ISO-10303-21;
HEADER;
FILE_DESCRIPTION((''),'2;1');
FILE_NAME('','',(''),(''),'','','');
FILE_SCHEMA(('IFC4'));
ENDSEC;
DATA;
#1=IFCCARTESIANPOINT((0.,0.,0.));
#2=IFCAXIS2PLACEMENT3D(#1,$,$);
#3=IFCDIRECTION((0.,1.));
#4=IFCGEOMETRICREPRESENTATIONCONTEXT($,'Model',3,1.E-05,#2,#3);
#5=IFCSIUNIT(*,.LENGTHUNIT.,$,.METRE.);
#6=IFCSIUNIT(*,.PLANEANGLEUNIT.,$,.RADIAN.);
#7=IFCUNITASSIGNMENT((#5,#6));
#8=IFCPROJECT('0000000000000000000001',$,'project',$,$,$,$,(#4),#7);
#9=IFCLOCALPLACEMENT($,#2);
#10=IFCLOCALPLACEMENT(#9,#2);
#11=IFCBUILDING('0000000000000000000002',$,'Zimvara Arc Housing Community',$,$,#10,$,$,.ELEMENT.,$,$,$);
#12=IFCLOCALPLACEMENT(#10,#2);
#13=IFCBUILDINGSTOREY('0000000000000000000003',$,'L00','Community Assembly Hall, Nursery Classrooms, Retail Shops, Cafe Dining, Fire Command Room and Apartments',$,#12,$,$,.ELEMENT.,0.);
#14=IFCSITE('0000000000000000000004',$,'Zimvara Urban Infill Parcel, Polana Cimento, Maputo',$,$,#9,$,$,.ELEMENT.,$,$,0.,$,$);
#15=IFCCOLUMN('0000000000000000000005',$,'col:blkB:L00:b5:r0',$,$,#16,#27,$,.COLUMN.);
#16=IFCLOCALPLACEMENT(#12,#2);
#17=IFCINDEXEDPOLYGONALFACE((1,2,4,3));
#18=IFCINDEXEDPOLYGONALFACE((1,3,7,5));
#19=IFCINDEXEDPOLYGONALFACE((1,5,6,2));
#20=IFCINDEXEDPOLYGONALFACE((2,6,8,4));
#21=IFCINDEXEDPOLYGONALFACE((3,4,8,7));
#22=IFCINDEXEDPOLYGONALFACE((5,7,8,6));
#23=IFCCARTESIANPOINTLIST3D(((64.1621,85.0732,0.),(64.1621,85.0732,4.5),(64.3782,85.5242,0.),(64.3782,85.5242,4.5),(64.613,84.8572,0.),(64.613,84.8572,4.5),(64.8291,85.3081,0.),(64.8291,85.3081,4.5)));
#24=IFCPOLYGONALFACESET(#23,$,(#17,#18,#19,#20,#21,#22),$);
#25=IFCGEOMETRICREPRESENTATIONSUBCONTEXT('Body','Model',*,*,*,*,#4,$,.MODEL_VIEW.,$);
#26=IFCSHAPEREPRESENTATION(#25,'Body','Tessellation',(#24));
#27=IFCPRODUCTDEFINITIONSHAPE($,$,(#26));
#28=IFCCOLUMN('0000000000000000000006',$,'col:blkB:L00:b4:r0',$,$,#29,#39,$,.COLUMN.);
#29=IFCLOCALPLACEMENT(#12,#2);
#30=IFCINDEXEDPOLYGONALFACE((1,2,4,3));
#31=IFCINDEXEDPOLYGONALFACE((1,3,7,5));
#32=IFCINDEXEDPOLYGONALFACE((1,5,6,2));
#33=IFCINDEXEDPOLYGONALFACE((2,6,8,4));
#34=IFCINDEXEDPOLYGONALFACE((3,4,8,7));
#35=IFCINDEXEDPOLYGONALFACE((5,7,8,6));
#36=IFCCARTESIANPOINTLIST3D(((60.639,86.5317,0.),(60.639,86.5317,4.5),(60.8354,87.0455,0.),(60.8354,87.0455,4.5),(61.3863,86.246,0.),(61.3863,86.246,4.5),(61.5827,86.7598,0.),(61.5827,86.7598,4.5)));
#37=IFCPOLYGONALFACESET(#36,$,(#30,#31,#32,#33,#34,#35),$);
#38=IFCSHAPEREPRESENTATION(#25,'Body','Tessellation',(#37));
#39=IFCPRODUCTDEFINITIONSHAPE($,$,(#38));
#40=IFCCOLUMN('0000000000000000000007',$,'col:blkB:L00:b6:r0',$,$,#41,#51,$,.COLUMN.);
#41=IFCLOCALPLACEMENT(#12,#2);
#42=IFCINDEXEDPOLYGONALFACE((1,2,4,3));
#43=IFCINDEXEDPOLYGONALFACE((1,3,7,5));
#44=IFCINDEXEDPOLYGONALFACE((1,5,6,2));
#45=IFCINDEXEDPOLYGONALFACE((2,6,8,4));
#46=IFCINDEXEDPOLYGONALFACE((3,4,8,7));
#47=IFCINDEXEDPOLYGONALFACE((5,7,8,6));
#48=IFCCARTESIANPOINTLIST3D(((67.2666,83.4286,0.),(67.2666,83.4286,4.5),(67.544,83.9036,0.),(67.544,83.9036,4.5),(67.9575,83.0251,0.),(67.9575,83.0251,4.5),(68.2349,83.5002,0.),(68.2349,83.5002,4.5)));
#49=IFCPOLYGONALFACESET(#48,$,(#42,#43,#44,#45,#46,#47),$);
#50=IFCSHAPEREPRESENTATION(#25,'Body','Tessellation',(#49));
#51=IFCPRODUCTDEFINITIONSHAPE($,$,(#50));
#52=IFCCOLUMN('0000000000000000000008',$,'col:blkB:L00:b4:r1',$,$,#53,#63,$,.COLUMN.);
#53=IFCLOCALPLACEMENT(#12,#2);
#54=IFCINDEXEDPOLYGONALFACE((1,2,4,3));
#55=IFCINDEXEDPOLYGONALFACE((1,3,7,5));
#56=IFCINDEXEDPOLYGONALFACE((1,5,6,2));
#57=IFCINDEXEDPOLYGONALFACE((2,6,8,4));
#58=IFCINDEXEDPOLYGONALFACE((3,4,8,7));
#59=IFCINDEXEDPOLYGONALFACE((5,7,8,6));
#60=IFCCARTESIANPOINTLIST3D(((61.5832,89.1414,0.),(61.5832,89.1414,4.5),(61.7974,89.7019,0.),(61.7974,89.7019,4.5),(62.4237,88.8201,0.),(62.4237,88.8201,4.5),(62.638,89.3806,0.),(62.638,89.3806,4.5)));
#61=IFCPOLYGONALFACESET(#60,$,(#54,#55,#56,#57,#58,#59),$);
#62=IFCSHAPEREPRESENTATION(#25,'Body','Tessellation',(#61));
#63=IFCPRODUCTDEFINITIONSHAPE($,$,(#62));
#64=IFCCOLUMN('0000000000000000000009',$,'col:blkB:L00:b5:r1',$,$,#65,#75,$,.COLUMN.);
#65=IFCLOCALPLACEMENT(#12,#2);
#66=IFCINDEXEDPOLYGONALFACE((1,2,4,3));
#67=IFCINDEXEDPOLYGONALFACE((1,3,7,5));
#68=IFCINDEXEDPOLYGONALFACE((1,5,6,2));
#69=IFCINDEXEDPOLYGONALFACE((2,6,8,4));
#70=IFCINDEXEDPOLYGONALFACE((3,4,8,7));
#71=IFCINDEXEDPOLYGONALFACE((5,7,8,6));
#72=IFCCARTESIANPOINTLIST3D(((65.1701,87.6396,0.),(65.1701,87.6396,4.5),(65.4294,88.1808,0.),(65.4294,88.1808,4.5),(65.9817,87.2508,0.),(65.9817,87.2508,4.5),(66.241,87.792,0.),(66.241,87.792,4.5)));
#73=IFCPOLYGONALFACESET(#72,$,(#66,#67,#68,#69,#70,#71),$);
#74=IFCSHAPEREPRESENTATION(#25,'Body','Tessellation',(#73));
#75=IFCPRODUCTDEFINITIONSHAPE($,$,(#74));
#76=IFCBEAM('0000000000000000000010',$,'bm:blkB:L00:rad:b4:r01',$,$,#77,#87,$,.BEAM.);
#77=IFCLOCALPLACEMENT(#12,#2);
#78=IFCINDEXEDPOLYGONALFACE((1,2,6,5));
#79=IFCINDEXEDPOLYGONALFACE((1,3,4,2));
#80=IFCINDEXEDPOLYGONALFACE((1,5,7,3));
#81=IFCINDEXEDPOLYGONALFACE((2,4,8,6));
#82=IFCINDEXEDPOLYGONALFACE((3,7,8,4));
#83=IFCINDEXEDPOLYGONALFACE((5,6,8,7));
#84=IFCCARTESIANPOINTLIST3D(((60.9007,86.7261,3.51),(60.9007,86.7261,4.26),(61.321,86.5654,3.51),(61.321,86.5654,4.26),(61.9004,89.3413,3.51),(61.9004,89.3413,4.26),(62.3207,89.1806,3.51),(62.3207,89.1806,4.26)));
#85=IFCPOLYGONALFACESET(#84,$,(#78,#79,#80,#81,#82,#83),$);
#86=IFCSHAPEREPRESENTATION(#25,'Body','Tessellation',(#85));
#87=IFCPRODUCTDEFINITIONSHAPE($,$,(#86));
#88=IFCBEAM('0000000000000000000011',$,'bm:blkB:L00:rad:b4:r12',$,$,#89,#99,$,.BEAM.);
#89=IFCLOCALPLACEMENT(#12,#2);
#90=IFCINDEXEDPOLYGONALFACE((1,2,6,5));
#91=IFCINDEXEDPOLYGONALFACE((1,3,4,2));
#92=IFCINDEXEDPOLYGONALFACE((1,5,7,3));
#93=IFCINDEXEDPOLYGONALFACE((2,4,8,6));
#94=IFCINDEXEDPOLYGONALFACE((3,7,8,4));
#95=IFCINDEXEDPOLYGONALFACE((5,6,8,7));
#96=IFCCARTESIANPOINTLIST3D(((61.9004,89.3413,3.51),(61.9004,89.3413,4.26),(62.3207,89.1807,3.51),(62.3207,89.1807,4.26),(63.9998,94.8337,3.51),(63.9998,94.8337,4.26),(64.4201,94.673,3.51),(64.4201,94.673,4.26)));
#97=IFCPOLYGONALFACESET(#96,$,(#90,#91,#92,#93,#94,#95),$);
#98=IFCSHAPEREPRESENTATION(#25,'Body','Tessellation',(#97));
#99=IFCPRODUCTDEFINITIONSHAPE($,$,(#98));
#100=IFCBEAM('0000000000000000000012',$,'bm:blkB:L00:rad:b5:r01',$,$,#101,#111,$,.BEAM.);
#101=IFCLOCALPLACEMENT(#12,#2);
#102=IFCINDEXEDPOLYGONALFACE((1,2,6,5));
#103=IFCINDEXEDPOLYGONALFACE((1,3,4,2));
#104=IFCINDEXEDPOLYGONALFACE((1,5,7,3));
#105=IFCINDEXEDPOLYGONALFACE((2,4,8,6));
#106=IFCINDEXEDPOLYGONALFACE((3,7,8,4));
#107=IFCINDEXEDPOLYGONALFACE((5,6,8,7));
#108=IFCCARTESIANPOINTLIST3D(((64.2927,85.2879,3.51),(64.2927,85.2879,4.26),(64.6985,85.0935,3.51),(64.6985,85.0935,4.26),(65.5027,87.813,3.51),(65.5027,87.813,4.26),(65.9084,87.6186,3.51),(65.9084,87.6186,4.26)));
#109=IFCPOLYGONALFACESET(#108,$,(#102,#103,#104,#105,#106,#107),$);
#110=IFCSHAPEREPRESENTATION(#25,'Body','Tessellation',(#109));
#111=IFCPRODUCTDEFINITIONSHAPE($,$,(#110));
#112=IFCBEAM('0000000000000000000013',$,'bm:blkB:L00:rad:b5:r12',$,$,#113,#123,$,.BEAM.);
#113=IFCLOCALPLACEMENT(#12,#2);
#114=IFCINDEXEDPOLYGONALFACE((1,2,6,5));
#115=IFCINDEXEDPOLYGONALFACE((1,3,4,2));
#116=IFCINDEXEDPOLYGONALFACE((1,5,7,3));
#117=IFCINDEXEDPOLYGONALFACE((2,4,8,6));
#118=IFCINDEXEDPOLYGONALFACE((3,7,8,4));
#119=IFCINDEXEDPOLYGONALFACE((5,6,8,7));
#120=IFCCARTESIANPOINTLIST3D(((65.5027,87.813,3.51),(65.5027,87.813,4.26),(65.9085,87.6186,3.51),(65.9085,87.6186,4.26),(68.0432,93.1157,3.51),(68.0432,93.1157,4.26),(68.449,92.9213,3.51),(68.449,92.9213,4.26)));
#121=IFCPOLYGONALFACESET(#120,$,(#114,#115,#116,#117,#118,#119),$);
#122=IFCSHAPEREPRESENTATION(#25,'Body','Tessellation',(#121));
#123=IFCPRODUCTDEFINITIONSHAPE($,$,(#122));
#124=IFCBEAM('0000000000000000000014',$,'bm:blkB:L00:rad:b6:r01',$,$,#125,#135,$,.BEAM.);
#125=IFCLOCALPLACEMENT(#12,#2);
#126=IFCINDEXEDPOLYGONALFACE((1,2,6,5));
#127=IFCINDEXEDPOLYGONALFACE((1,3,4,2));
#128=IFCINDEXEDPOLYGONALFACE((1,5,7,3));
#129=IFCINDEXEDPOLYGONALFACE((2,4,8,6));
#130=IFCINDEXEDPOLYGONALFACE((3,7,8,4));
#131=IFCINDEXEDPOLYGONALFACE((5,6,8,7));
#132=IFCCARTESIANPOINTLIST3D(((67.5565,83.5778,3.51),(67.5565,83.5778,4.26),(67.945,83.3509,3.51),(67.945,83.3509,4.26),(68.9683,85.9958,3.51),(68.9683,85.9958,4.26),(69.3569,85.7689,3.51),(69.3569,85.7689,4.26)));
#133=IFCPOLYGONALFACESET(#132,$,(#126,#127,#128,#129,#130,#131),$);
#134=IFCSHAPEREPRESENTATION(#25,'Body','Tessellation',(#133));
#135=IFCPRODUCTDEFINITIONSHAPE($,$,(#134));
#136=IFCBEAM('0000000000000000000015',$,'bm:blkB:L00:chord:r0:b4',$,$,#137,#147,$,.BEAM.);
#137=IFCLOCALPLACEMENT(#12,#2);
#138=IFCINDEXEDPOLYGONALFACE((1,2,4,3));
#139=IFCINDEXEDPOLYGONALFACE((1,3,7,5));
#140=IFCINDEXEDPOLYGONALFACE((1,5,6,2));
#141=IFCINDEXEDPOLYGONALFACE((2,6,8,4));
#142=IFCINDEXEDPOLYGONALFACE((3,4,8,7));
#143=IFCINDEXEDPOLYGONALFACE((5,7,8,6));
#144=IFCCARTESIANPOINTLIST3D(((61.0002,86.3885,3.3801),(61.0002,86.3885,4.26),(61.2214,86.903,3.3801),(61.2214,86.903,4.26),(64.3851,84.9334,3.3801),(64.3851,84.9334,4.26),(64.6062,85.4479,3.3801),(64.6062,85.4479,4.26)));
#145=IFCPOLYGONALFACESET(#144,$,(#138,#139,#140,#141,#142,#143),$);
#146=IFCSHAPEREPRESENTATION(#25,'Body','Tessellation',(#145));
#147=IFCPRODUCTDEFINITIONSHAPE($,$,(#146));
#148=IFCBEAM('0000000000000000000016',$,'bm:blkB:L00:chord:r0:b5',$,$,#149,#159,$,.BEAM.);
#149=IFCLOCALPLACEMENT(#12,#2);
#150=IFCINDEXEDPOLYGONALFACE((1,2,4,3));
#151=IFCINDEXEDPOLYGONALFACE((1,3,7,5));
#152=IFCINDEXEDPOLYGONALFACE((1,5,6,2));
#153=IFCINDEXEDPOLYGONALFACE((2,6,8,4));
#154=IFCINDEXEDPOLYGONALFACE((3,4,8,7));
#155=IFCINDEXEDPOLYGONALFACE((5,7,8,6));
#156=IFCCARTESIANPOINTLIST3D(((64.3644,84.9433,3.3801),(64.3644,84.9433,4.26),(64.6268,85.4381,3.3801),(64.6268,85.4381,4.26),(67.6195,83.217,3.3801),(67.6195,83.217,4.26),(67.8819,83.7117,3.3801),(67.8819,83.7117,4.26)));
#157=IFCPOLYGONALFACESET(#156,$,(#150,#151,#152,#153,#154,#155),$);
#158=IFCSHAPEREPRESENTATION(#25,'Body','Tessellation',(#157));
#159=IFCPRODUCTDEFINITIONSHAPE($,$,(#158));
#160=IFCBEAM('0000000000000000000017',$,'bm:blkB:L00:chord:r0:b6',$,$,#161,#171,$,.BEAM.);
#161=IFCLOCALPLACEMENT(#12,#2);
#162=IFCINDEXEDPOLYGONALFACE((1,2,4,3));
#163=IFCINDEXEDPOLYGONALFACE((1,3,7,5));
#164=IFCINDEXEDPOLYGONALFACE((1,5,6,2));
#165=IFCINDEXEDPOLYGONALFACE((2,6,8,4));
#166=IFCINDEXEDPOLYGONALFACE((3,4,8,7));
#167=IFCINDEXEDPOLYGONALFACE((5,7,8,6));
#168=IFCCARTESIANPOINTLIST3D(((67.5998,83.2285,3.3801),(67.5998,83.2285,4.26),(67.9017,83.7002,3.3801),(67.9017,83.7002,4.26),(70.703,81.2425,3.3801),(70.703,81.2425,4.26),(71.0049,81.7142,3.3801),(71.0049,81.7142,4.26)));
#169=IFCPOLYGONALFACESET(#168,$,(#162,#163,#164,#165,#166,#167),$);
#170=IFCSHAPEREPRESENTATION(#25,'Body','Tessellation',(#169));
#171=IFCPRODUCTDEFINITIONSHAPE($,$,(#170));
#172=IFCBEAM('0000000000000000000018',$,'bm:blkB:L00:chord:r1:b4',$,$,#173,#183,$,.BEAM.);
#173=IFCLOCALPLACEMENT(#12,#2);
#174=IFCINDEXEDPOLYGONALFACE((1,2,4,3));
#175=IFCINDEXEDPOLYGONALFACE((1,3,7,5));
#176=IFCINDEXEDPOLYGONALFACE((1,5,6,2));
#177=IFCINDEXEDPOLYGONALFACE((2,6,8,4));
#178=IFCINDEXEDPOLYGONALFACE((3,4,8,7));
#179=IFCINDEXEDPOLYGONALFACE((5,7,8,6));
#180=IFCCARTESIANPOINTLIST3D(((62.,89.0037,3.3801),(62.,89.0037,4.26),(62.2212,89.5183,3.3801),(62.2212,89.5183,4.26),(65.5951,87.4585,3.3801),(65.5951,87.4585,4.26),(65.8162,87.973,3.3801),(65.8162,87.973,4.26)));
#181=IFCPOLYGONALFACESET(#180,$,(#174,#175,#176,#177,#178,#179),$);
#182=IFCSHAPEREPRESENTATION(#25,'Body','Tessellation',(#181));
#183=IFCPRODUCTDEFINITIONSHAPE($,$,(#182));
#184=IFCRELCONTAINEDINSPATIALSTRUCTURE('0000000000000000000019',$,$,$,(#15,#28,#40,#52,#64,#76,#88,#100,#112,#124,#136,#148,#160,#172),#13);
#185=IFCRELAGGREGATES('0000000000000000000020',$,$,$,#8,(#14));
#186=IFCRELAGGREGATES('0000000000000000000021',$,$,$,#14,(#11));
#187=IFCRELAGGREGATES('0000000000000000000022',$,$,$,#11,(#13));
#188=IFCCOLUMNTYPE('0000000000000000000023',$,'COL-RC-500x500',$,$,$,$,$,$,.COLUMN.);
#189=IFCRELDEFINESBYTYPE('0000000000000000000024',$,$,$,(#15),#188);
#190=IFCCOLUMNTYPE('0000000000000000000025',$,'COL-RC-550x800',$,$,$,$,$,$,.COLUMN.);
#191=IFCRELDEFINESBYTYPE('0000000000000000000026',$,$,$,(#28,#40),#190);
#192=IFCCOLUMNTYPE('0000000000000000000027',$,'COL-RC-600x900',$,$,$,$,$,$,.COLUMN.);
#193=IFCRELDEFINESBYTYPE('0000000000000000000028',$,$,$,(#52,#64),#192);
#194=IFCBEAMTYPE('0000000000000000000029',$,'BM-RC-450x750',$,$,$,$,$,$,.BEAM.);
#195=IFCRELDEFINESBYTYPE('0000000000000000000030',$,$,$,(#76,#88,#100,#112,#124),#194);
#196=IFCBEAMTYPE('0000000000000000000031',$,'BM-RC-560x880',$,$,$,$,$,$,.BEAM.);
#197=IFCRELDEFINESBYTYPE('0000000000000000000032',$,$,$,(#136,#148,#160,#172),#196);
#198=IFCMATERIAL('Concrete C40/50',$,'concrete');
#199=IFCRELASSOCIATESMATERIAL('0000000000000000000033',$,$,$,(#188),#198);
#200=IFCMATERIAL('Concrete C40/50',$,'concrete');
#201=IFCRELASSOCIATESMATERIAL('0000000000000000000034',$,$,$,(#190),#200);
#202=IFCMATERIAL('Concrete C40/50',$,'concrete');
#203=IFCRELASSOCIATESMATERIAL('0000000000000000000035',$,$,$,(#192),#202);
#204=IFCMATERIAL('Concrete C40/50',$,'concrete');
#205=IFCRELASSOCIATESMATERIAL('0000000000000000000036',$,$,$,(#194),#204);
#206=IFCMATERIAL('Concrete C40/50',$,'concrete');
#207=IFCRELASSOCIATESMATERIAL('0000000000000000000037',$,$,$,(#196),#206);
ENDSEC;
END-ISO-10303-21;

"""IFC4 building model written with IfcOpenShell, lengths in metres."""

from ifc_helpers import new_model, si_unit, direction, frame, origin, origin_2d, place, context, subcontext, project, spatial, rectangle, extrude, material, material_profile, profile_set, type_object, element, save


model = new_model("IFC4")

# Units and contexts
model_context = context("Model", 3, precision=1e-05, world=origin(), true_north=direction((0.0, 1.0)))
body_context = subcontext(model_context, "Body", "Model", "MODEL_VIEW")
ifc_project = project(units=[si_unit("LENGTHUNIT", "METRE"), si_unit("PLANEANGLEUNIT", "RADIAN")], contexts=[model_context])

# Site, building, storey
site_placement = place(None, origin())
site = spatial("IfcSite", under=ifc_project, at=site_placement, Name="Zimvara Urban Infill Parcel, Polana Cimento, Maputo", CompositionType="ELEMENT", RefElevation=0.0)
building_placement = place(site_placement, origin())
building = spatial("IfcBuilding", under=site, at=building_placement, Name="Zimvara Arc Housing Community", CompositionType="ELEMENT")
storey_placement = place(building_placement, origin())
storey = spatial("IfcBuildingStorey", under=building, at=storey_placement, Name="L00", Description="Community Assembly Hall, Nursery Classrooms, Retail Shops, Cafe Dining, Fire Command Room and Apartments", CompositionType="ELEMENT", Elevation=0.0)

# Columns
ifc_material_1 = material(Name="Concrete C40/50", Category="concrete")
ifc_material_profile_1 = material_profile(ifc_material_1, rectangle(XDim=0.5, YDim=0.5, at=origin_2d()), Name="RC 500x500")
ifc_profile_set_1 = profile_set([ifc_material_profile_1], Name="Concrete C40/50")
column_type_1 = type_object("IfcColumnType", Name="COL-RC-500x500", PredefinedType="COLUMN", material=ifc_profile_set_1)
column_placement = place(storey_placement, frame((64.4956, 85.1907, 0.0), z_axis=(0.0, 0.0, 1.0), x_axis=(0.432086, 0.901833, 0.0)))
element("IfcColumn", 1, at=column_placement, inside=storey, type_object=column_type_1, Name="col:blkB:L00:b5:r0", PredefinedType="COLUMN", context=body_context, shape_type="SweptSolid", body=[
    extrude(rectangle(XDim=0.5, YDim=0.5, at=origin_2d()), origin(), (0.0, 0.0, 1.0), 4.5),
])
ifc_material_2 = material(Name="Concrete C40/50", Category="concrete")
ifc_material_profile_2 = material_profile(ifc_material_2, rectangle(XDim=0.55, YDim=0.8, at=origin_2d()), Name="RC 550x800")
ifc_profile_set_2 = profile_set([ifc_material_profile_2], Name="Concrete C40/50")
column_type_2 = type_object("IfcColumnType", Name="COL-RC-550x800", PredefinedType="COLUMN", material=ifc_profile_set_2)
for number, where, z_axis, x_axis, name in (
    (2, (61.1108, 86.6458, 0.0), (0.0, 0.0, 1.0), (0.357064, 0.93408, 0.0), "col:blkB:L00:b4:r0"),
    (3, (67.7507, 83.4644, 0.0), (0.0, 0.0, 1.0), (0.504226, 0.863572, 0.0), "col:blkB:L00:b6:r0"),
):
    element("IfcColumn", number, at=place(storey_placement, frame(where, z_axis=z_axis, x_axis=x_axis)), inside=storey, type_object=column_type_2, Name=name, PredefinedType="COLUMN", context=body_context, shape_type="SweptSolid", body=[
        extrude(rectangle(XDim=0.55, YDim=0.8, at=origin_2d()), origin(), (0.0, 0.0, 1.0), 4.5),
    ])
ifc_material_3 = material(Name="Concrete C40/50", Category="concrete")
ifc_material_profile_3 = material_profile(ifc_material_3, rectangle(XDim=0.6001, YDim=0.8999, at=origin_2d()), Name="RC 600x900")
ifc_profile_set_3 = profile_set([ifc_material_profile_3], Name="Concrete C40/50")
column_type_3 = type_object("IfcColumnType", Name="COL-RC-600x900", PredefinedType="COLUMN", material=ifc_profile_set_3)
for number, where, z_axis, x_axis, name in (
    (4, (62.1106, 89.261, 0.0), (0.0, 0.0, 1.0), (0.357064, 0.93408, 0.0), "col:blkB:L00:b4:r1"),
    (5, (65.7056, 87.7158, 0.0), (0.0, 0.0, 1.0), (0.432086, 0.901833, 0.0), "col:blkB:L00:b5:r1"),
):
    element("IfcColumn", number, at=place(storey_placement, frame(where, z_axis=z_axis, x_axis=x_axis)), inside=storey, type_object=column_type_3, Name=name, PredefinedType="COLUMN", context=body_context, shape_type="SweptSolid", body=[
        extrude(rectangle(XDim=0.6001, YDim=0.8999, at=origin_2d()), origin(), (0.0, 0.0, 1.0), 4.5),
    ])

# Beams
ifc_material_4 = material(Name="Concrete C40/50", Category="concrete")
ifc_material_profile_4 = material_profile(ifc_material_4, rectangle(XDim=0.45, YDim=0.75, at=origin_2d()), Name="RC 450x750")
ifc_profile_set_4 = profile_set([ifc_material_profile_4], Name="Concrete C40/50")
beam_type_1 = type_object("IfcBeamType", Name="BM-RC-450x750", PredefinedType="BEAM", material=ifc_profile_set_4)
beam_1_placement = place(storey_placement, frame((61.1108, 86.6458, 3.885), z_axis=(0.357079, 0.934074, 0.0), x_axis=(-0.934074, 0.357079, 0.0)))
element("IfcBeam", 6, at=beam_1_placement, inside=storey, type_object=beam_type_1, Name="bm:blkB:L00:rad:b4:r01", PredefinedType="BEAM", context=body_context, shape_type="SweptSolid", body=[
    extrude(rectangle(XDim=0.45, YDim=0.75, at=origin_2d()), origin(), (0.0, 0.0, 1.0), 2.7998),
])
beam_2_placement = place(storey_placement, frame((62.1106, 89.261, 3.885), z_axis=(0.357036, 0.934091, 0.0), x_axis=(-0.934091, 0.357036, 0.0)))
element("IfcBeam", 7, at=beam_2_placement, inside=storey, type_object=beam_type_1, Name="bm:blkB:L00:rad:b4:r12", PredefinedType="BEAM", context=body_context, shape_type="SweptSolid", body=[
    extrude(rectangle(XDim=0.45, YDim=0.75, at=origin_2d()), origin(), (0.0, 0.0, 1.0), 5.8799),
])
beam_3_placement = place(storey_placement, frame((64.4956, 85.1907, 3.885), z_axis=(0.432119, 0.901817, 0.0), x_axis=(-0.901817, 0.432119, 0.0)))
element("IfcBeam", 8, at=beam_3_placement, inside=storey, type_object=beam_type_1, Name="bm:blkB:L00:rad:b5:r01", PredefinedType="BEAM", context=body_context, shape_type="SweptSolid", body=[
    extrude(rectangle(XDim=0.45, YDim=0.75, at=origin_2d()), origin(), (0.0, 0.0, 1.0), 2.8),
])
beam_4_placement = place(storey_placement, frame((65.7056, 87.7158, 3.885), z_axis=(0.43207, 0.90184, 0.0), x_axis=(-0.90184, 0.43207, 0.0)))
element("IfcBeam", 9, at=beam_4_placement, inside=storey, type_object=beam_type_1, Name="bm:blkB:L00:rad:b5:r12", PredefinedType="BEAM", context=body_context, shape_type="SweptSolid", body=[
    extrude(rectangle(XDim=0.45, YDim=0.75, at=origin_2d()), origin(), (0.0, 0.0, 1.0), 5.8799),
])
beam_5_placement = place(storey_placement, frame((67.7507, 83.4644, 3.885), z_axis=(0.50424, 0.863564, 0.0), x_axis=(-0.863564, 0.50424, 0.0)))
element("IfcBeam", 10, at=beam_5_placement, inside=storey, type_object=beam_type_1, Name="bm:blkB:L00:rad:b6:r01", PredefinedType="BEAM", context=body_context, shape_type="SweptSolid", body=[
    extrude(rectangle(XDim=0.45, YDim=0.75, at=origin_2d()), origin(), (0.0, 0.0, 1.0), 2.8),
])
ifc_material_5 = material(Name="Concrete C40/50", Category="concrete")
ifc_material_profile_5 = material_profile(ifc_material_5, rectangle(XDim=0.5601, YDim=0.8799, at=origin_2d()), Name="RC 560x880")
ifc_profile_set_5 = profile_set([ifc_material_profile_5], Name="Concrete C40/50")
beam_type_2 = type_object("IfcBeamType", Name="BM-RC-560x880", PredefinedType="BEAM", material=ifc_profile_set_5)
beam_6_placement = place(storey_placement, frame((61.1108, 86.6458, 3.8201), z_axis=(0.918706, -0.394943, 0.0), x_axis=(0.394943, 0.918706, 0.0)))
element("IfcBeam", 11, at=beam_6_placement, inside=storey, type_object=beam_type_2, Name="bm:blkB:L00:chord:r0:b4", PredefinedType="BEAM", context=body_context, shape_type="SweptSolid", body=[
    extrude(rectangle(XDim=0.5601, YDim=0.8799, at=origin_2d()), origin(), (0.0, 0.0, 1.0), 3.6843),
])
beam_7_placement = place(storey_placement, frame((64.4956, 85.1907, 3.8201), z_axis=(0.883449, -0.468527, 0.0), x_axis=(0.468527, 0.883449, 0.0)))
element("IfcBeam", 12, at=beam_7_placement, inside=storey, type_object=beam_type_2, Name="bm:blkB:L00:chord:r0:b5", PredefinedType="BEAM", context=body_context, shape_type="SweptSolid", body=[
    extrude(rectangle(XDim=0.5601, YDim=0.8799, at=origin_2d()), origin(), (0.0, 0.0, 1.0), 3.6846),
])
beam_8_placement = place(storey_placement, frame((67.7507, 83.4644, 3.8201), z_axis=(0.842273, -0.539052, 0.0), x_axis=(0.539052, 0.842273, 0.0)))
element("IfcBeam", 13, at=beam_8_placement, inside=storey, type_object=beam_type_2, Name="bm:blkB:L00:chord:r0:b6", PredefinedType="BEAM", context=body_context, shape_type="SweptSolid", body=[
    extrude(rectangle(XDim=0.5601, YDim=0.8799, at=origin_2d()), origin(), (0.0, 0.0, 1.0), 3.6843),
])
for number, where, z_axis, x_axis, name in (
    (14, (62.1106, 89.261, 3.8201), (0.918731, -0.394883, 0.0), (0.394883, 0.918731, 0.0), "bm:blkB:L00:chord:r1:b4"),
):
    element("IfcBeam", number, at=place(storey_placement, frame(where, z_axis=z_axis, x_axis=x_axis)), inside=storey, type_object=beam_type_2, Name=name, PredefinedType="BEAM", context=body_context, shape_type="SweptSolid", body=[
        extrude(rectangle(XDim=0.5601, YDim=0.8799, at=origin_2d()), origin(), (0.0, 0.0, 1.0), 3.9131),
    ])

save(model, "model.ifc")
